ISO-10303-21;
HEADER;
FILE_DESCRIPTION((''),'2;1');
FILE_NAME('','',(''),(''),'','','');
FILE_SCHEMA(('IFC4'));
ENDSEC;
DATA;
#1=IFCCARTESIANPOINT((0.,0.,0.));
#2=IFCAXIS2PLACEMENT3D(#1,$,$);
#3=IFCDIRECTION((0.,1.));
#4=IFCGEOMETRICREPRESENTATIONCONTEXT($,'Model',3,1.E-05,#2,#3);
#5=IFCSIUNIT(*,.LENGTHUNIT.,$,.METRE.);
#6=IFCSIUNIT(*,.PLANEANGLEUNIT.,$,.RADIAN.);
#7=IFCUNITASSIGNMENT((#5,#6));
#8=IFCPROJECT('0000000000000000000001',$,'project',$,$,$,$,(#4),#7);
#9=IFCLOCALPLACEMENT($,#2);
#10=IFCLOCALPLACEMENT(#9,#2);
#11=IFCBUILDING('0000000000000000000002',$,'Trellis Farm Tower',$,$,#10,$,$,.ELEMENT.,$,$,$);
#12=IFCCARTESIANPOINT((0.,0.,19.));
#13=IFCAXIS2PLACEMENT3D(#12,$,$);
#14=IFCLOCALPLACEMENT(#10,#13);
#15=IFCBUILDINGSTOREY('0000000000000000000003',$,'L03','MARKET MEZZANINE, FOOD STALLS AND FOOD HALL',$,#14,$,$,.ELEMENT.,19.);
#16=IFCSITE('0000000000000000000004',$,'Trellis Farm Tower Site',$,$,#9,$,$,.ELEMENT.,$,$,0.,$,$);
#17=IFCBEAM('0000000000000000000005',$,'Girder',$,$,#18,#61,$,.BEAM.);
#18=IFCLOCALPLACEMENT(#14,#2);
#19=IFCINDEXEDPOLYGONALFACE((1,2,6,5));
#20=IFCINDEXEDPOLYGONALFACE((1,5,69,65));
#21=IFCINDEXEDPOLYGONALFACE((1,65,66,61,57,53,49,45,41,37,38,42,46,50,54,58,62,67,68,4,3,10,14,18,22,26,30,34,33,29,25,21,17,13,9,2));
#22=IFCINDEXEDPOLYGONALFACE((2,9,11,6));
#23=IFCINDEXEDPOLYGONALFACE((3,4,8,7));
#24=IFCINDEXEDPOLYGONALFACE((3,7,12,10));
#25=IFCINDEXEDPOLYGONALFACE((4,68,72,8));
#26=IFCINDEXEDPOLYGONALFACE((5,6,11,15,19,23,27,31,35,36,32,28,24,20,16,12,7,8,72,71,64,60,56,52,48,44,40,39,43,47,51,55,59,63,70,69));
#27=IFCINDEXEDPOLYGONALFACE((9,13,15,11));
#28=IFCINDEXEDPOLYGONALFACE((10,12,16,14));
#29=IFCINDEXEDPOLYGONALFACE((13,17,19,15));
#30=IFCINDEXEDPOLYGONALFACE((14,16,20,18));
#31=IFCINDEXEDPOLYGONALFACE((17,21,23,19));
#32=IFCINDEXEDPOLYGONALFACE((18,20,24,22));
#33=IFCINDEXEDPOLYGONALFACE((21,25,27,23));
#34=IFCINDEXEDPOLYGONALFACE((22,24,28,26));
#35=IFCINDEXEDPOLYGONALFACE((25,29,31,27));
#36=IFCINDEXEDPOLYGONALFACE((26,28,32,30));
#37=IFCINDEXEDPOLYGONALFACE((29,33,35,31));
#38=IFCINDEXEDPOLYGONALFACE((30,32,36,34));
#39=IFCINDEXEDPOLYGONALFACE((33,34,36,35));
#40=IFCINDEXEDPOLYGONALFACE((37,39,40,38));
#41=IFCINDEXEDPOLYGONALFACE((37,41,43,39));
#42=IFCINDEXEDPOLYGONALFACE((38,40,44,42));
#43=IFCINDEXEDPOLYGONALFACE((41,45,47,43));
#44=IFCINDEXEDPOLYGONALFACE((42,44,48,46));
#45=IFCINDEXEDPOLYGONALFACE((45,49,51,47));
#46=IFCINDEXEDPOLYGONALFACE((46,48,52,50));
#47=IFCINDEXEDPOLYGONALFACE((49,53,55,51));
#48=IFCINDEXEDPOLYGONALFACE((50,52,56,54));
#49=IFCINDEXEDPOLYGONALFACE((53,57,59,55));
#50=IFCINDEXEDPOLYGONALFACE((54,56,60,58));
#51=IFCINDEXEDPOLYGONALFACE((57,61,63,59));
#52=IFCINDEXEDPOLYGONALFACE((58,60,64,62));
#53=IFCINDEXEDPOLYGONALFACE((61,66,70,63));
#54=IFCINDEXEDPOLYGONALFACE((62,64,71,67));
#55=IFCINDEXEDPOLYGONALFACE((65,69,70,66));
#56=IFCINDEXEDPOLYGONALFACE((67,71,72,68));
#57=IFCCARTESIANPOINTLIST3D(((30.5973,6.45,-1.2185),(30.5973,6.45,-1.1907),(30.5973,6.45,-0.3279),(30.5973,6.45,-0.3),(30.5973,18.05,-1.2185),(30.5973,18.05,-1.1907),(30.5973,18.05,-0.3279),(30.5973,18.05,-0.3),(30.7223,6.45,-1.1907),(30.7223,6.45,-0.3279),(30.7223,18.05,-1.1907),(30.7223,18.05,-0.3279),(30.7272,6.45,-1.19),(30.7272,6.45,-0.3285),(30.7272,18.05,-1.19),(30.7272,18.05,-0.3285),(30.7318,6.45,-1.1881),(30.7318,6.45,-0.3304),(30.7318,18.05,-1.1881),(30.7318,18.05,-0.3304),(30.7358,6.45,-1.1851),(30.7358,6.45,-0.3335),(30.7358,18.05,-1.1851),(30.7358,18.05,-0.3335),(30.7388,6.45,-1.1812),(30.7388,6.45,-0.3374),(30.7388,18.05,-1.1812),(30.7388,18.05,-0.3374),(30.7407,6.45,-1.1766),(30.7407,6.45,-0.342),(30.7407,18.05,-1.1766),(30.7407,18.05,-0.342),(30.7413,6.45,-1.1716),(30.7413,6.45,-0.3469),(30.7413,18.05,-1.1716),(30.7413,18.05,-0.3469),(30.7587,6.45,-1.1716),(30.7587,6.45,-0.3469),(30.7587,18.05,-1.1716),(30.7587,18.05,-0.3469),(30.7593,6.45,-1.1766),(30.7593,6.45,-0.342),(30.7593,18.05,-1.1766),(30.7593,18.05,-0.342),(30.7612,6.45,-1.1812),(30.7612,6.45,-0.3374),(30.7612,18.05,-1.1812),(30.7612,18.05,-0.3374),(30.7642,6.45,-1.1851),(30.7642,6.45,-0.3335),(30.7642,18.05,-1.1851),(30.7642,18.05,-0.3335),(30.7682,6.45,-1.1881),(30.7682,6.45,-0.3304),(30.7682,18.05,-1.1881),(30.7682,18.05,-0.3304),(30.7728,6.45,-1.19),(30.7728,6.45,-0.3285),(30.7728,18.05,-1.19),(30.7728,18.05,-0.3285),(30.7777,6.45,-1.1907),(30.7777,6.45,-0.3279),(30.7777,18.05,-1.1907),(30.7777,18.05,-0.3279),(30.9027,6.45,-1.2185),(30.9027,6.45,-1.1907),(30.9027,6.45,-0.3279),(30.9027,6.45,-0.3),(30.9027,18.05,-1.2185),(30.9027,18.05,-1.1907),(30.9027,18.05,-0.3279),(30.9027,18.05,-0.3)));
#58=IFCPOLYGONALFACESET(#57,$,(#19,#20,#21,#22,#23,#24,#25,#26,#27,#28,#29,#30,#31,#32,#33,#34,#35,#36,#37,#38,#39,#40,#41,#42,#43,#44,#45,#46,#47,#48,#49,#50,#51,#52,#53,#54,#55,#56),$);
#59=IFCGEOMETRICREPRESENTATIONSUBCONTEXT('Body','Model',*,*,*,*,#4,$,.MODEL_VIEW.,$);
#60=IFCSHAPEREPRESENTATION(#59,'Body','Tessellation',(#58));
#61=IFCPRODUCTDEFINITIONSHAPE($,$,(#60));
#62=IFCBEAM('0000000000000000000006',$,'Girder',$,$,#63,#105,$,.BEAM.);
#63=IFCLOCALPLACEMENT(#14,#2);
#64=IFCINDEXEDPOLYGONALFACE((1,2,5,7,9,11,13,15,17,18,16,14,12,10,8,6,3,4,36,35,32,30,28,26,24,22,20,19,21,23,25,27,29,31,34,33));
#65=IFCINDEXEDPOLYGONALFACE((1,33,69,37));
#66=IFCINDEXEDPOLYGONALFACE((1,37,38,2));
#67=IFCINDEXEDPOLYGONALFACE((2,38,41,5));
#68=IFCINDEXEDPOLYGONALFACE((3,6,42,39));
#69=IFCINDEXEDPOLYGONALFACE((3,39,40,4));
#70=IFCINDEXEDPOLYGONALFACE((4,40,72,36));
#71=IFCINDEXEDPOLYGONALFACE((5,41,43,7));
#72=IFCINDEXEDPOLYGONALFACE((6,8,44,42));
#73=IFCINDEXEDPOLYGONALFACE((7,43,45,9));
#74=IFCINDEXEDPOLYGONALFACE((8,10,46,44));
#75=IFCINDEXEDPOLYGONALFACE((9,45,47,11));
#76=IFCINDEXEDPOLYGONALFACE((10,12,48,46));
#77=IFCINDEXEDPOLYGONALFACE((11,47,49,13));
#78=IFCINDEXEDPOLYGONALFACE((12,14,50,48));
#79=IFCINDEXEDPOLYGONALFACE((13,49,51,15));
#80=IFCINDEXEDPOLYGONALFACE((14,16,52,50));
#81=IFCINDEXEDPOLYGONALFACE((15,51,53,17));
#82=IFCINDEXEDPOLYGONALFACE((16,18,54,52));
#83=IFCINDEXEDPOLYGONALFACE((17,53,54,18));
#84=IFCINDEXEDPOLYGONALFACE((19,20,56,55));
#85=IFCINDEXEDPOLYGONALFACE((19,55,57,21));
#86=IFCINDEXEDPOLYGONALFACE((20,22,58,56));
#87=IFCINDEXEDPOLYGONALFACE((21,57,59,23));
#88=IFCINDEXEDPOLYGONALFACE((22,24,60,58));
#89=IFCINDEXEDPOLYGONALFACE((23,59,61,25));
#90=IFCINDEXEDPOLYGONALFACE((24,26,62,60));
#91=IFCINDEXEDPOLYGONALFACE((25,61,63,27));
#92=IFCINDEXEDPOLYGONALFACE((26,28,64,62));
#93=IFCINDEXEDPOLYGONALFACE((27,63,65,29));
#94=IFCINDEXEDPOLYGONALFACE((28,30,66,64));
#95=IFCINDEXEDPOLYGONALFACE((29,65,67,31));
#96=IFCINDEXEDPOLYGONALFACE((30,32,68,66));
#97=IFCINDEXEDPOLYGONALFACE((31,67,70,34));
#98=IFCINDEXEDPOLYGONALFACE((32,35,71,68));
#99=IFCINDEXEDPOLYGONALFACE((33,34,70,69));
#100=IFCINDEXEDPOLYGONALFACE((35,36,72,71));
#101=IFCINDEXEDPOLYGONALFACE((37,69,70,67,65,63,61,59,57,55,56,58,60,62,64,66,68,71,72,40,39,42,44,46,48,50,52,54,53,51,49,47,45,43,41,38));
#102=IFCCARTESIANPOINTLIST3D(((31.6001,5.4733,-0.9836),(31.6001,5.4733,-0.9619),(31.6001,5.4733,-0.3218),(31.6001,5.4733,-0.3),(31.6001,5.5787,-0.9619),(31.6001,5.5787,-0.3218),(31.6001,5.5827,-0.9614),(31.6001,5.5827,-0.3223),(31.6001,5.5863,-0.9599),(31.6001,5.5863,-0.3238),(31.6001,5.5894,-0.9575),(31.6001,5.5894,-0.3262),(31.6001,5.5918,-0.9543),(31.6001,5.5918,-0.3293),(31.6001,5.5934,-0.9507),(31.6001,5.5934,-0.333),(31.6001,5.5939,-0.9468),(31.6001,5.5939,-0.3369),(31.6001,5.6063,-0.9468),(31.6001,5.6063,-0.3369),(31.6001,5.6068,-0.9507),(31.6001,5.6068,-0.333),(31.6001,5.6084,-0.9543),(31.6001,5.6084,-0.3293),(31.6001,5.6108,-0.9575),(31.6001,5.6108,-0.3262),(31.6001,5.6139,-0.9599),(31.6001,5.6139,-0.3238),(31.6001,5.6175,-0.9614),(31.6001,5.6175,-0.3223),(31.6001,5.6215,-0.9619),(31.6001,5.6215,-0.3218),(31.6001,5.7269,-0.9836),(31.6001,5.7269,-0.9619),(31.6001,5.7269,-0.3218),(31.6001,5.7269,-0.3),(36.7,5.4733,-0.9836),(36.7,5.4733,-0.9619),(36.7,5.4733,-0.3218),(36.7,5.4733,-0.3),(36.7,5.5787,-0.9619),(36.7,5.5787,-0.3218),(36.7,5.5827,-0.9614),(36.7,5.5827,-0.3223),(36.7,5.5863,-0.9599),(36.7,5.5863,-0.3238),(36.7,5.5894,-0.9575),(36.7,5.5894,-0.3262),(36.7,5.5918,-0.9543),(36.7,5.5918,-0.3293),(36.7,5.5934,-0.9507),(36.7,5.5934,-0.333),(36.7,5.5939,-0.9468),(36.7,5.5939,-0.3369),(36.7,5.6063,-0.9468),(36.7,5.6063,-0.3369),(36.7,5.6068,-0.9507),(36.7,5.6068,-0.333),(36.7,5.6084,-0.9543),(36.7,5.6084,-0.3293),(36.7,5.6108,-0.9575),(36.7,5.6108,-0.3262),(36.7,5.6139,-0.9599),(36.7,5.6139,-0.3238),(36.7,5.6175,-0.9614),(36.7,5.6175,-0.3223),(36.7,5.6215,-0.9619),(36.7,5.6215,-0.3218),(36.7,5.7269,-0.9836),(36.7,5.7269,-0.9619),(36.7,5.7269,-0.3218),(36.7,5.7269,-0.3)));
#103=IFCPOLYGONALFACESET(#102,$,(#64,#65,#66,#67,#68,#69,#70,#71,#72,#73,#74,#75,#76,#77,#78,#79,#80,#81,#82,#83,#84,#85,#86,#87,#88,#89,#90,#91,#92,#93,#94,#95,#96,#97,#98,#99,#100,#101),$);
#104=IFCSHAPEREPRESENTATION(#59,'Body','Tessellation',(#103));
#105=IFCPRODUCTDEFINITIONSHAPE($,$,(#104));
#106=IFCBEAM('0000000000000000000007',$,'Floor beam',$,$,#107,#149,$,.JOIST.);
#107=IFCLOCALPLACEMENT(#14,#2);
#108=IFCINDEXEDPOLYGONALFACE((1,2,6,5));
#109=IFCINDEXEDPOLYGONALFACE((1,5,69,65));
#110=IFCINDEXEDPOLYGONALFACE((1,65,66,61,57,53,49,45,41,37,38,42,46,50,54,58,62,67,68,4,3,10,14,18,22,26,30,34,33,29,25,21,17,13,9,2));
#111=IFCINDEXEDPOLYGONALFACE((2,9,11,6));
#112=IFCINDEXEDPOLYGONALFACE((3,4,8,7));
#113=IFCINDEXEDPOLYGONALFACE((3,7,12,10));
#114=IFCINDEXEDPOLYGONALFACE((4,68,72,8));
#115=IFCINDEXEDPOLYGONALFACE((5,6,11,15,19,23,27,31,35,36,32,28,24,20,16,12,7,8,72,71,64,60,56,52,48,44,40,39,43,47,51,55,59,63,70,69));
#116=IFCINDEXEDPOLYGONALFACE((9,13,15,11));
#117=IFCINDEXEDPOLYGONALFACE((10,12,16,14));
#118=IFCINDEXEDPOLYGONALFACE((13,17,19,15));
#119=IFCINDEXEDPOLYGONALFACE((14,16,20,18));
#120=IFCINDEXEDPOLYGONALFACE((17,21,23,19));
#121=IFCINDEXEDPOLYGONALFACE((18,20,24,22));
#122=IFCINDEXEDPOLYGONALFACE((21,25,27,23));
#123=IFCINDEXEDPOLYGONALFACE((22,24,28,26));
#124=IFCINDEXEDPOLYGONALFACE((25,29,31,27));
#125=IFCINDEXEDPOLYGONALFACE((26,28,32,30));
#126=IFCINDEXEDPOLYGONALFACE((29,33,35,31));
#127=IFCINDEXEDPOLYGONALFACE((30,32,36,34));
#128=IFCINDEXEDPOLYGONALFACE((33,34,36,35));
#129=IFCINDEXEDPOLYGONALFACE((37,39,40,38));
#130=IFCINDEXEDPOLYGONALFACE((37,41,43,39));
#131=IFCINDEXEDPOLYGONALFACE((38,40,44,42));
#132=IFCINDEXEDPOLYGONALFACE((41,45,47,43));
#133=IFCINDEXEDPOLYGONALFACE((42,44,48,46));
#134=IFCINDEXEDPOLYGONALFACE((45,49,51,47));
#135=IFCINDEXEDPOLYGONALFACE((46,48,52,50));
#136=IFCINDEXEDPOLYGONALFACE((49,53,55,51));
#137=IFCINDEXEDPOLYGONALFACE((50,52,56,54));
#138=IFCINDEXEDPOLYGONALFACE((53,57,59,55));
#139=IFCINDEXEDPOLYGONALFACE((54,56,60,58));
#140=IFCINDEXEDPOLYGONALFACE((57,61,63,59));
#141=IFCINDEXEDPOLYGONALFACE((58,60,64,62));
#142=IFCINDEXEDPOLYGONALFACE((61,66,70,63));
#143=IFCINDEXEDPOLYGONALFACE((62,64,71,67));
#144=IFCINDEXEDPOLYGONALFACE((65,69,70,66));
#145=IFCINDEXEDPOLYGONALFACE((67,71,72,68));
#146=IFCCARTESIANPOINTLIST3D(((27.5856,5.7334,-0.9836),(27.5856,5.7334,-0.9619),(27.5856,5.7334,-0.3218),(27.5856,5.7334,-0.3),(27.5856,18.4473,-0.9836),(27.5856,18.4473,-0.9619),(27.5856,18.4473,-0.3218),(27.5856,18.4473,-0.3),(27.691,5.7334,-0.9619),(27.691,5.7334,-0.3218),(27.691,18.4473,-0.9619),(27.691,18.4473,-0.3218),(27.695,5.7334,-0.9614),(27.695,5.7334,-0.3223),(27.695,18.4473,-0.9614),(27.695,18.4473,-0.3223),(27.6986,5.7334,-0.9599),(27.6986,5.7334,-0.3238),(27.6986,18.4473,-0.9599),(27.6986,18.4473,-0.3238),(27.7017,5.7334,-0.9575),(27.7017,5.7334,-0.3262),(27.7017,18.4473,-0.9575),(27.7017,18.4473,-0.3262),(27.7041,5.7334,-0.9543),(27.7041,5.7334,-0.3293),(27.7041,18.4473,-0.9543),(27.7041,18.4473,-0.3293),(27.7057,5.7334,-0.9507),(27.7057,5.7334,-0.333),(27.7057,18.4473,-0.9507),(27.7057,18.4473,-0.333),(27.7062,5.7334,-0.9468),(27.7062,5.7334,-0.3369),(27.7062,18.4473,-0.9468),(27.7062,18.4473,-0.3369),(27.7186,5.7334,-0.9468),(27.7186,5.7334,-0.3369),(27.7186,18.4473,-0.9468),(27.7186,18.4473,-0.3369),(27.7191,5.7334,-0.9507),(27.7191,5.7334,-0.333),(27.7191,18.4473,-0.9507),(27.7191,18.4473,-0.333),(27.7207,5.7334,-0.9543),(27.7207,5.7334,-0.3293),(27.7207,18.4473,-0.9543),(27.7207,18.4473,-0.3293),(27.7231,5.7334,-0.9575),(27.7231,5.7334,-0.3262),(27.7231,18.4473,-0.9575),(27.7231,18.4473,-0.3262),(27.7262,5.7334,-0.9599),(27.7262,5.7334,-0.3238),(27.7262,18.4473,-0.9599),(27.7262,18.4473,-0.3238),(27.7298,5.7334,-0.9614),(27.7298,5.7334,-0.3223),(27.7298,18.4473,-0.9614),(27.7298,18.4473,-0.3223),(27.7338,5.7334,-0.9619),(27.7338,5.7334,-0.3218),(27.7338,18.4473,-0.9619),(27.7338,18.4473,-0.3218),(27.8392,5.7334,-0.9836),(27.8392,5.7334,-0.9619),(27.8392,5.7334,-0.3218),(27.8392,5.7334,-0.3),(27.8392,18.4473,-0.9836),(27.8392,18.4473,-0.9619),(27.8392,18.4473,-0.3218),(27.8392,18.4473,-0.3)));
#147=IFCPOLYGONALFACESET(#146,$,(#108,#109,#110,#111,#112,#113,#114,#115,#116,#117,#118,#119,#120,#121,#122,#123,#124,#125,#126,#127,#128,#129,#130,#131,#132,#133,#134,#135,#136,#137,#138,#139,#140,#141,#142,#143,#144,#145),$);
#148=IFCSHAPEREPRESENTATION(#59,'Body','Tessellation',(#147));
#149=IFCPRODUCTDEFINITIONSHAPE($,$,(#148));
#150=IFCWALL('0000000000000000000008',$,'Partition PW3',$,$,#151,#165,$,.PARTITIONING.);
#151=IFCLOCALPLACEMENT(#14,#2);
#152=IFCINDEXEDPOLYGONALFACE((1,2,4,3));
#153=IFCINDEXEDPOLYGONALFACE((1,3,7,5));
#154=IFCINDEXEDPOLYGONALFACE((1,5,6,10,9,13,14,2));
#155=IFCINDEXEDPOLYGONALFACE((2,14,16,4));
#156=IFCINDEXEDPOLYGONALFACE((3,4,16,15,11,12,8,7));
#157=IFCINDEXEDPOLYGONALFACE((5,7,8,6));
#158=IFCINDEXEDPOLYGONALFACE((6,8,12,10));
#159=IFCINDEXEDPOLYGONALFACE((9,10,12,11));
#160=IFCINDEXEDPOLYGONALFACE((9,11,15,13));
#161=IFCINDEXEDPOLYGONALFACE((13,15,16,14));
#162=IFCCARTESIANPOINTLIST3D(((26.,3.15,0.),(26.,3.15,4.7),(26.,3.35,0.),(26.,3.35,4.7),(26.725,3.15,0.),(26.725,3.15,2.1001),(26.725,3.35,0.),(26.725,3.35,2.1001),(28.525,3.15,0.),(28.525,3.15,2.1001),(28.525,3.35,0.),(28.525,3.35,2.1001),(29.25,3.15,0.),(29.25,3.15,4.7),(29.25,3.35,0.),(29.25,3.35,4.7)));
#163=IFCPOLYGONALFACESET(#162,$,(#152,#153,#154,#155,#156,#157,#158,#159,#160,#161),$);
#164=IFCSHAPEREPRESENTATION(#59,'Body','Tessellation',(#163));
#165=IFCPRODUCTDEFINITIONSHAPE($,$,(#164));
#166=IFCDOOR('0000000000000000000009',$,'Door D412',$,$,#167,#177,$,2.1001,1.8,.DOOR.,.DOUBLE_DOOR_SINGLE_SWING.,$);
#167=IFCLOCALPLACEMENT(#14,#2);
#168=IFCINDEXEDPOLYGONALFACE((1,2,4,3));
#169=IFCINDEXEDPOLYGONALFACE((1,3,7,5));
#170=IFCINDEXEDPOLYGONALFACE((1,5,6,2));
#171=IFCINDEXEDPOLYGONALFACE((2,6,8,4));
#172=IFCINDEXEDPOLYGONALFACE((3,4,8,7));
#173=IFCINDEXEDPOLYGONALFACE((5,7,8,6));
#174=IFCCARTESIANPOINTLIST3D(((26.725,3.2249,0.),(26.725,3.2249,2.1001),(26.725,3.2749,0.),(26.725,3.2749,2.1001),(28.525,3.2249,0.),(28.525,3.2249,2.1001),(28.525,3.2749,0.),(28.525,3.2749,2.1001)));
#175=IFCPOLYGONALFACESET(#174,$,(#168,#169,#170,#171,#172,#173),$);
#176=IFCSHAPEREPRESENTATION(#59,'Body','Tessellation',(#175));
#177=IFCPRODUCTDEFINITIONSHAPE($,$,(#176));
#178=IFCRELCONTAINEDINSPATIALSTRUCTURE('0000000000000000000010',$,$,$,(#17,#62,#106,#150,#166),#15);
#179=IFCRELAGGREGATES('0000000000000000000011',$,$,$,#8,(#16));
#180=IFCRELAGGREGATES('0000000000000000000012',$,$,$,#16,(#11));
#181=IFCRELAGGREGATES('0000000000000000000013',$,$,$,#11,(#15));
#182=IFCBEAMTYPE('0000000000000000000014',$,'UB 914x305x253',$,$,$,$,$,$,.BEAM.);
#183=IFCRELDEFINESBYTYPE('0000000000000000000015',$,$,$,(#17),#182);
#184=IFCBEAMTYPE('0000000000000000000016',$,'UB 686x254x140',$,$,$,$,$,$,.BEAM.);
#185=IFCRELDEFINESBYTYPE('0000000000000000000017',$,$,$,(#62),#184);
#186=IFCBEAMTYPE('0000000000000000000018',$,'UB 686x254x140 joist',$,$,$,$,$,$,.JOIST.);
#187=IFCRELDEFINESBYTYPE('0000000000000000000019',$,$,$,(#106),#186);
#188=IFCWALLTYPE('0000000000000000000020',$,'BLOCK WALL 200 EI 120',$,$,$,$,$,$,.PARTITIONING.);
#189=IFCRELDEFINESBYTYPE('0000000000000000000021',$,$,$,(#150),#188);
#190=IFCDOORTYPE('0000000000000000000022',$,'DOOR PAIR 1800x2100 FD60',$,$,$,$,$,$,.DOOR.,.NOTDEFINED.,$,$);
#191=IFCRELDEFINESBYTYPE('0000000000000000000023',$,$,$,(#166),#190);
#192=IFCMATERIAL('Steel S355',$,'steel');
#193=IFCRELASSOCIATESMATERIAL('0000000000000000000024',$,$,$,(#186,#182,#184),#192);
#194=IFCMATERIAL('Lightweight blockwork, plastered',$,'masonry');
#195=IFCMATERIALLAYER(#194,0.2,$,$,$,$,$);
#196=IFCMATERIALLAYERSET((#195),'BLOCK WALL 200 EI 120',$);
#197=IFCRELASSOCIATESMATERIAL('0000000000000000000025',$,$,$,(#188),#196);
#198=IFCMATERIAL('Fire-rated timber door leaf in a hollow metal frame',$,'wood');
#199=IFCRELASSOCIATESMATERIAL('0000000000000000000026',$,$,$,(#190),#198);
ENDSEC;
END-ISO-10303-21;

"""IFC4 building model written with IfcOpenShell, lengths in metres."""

from ifc_helpers import new_model, si_unit, direction, frame, frame_2d, origin, origin_2d, place, context, subcontext, project, spatial, rectangle, i_section, extrude, source, transform, mapped, material, layer, layer_set, material_profile, profile_set, type_object, element, fill, save


model = new_model("IFC4")

# Units and contexts
model_context = context("Model", 3, precision=1e-05, world=origin(), true_north=direction((0.0, 1.0)))
body_context = subcontext(model_context, "Body", "Model", "MODEL_VIEW")
ifc_project = project(units=[si_unit("LENGTHUNIT", "METRE"), si_unit("PLANEANGLEUNIT", "RADIAN")], contexts=[model_context])

# Site, building, storey
site_placement = place(None, origin())
site = spatial("IfcSite", under=ifc_project, at=site_placement, Name="Trellis Farm Tower Site", CompositionType="ELEMENT", RefElevation=0.0)
building_placement = place(site_placement, origin())
building = spatial("IfcBuilding", under=site, at=building_placement, Name="Trellis Farm Tower", CompositionType="ELEMENT")
storey_placement = place(building_placement, frame((0.0, 0.0, 19.0)))
storey = spatial("IfcBuildingStorey", under=building, at=storey_placement, Name="L03", Description="MARKET MEZZANINE, FOOD STALLS AND FOOD HALL", CompositionType="ELEMENT", Elevation=19.0)

# Beams
ifc_material_1 = material(Name="Steel S355", Category="steel")
ifc_material_profile_1 = material_profile(ifc_material_1, i_section(OverallWidth=0.2537, OverallDepth=0.6836, WebThickness=0.0125, FlangeThickness=0.0217, FilletRadius=0.0151, at=origin_2d()), Name="UB 686x254x140")
ifc_profile_set_1 = profile_set([ifc_material_profile_1], Name="Steel S355")
beam_type_1 = type_object("IfcBeamType", Name="UB 686x254x140 joist", PredefinedType="JOIST", material=ifc_profile_set_1)
ifc_material_profile_2 = material_profile(ifc_material_1, i_section(OverallWidth=0.3054, OverallDepth=0.9185, WebThickness=0.0173, FlangeThickness=0.0278, FilletRadius=0.019, at=origin_2d()), Name="UB 914x305x253")
ifc_profile_set_2 = profile_set([ifc_material_profile_2], Name="Steel S355")
beam_type_2 = type_object("IfcBeamType", Name="UB 914x305x253", PredefinedType="BEAM", material=ifc_profile_set_2)
ifc_material_profile_3 = material_profile(ifc_material_1, i_section(OverallWidth=0.2537, OverallDepth=0.6836, WebThickness=0.0125, FlangeThickness=0.0217, FilletRadius=0.0151, at=origin_2d()), Name="UB 686x254x140")
ifc_profile_set_3 = profile_set([ifc_material_profile_3], Name="Steel S355")
beam_type_3 = type_object("IfcBeamType", Name="UB 686x254x140", PredefinedType="BEAM", material=ifc_profile_set_3)
shared_shape_1 = source(origin(), body_context, "Body", "SweptSolid", [
    extrude(i_section(OverallWidth=0.3054, OverallDepth=0.9185, WebThickness=0.0173, FlangeThickness=0.0278, FilletRadius=0.019, at=origin_2d()), origin(), (0.0, 0.0, 1.0), 11.6001),
])
beam_1_placement = place(storey_placement, frame((30.75, 6.45, -0.7593), z_axis=(0.0, 1.0, 0.0), x_axis=(-1.0, 0.0, 0.0)))
element("IfcBeam", 1, at=beam_1_placement, inside=storey, type_object=beam_type_2, Name="Girder", PredefinedType="BEAM", context=body_context, shape_type="MappedRepresentation", body=[
    mapped(shared_shape_1, transform((0.0, 0.0, 0.0))),
])
shared_shape_2 = source(origin(), body_context, "Body", "SweptSolid", [
    extrude(i_section(OverallWidth=0.2537, OverallDepth=0.6836, WebThickness=0.0125, FlangeThickness=0.0217, FilletRadius=0.0151, at=origin_2d()), origin(), (0.0, 0.0, 1.0), 5.0999),
])
beam_2_placement = place(storey_placement, frame((31.6001, 5.6001, -0.6418), z_axis=(1.0, 0.0, 0.0), x_axis=(0.0, 1.0, 0.0)))
element("IfcBeam", 2, at=beam_2_placement, inside=storey, type_object=beam_type_3, Name="Girder", PredefinedType="BEAM", context=body_context, shape_type="MappedRepresentation", body=[
    mapped(shared_shape_2, transform((0.0, 0.0, 0.0))),
])
shared_shape_3 = source(origin(), body_context, "Body", "SweptSolid", [
    extrude(i_section(OverallWidth=0.2537, OverallDepth=0.6836, WebThickness=0.0125, FlangeThickness=0.0217, FilletRadius=0.0151, at=origin_2d()), origin(), (0.0, 0.0, 1.0), 12.7139),
])
beam_3_placement = place(storey_placement, frame((27.7124, 5.7334, -0.6418), z_axis=(0.0, 1.0, 0.0), x_axis=(-1.0, 0.0, 0.0)))
element("IfcBeam", 3, at=beam_3_placement, inside=storey, type_object=beam_type_1, Name="Floor beam", PredefinedType="JOIST", context=body_context, shape_type="MappedRepresentation", body=[
    mapped(shared_shape_3, transform((0.0, 0.0, 0.0))),
])

# Wall, opening, door
ifc_material_2 = material(Name="Lightweight blockwork, plastered", Category="masonry")
ifc_layer = layer(ifc_material_2, 0.2)
ifc_layer_set = layer_set([ifc_layer], Name="BLOCK WALL 200 EI 120")
wall_type = type_object("IfcWallType", Name="BLOCK WALL 200 EI 120", PredefinedType="PARTITIONING", material=ifc_layer_set)
shared_shape_4 = source(origin(), body_context, "Body", "SweptSolid", [
    extrude(rectangle(XDim=3.25, YDim=0.2, at=frame_2d((1.625, 0.0))), origin(), (0.0, 0.0, 1.0), 4.7),
])
wall_1_placement = place(storey_placement, frame((26.0, 3.25, 0.0), z_axis=(0.0, 0.0, 1.0), x_axis=(1.0, 0.0, 0.0)))
wall_1 = element("IfcWall", 4, at=wall_1_placement, inside=storey, type_object=wall_type, Name="Partition PW3", PredefinedType="PARTITIONING", context=body_context, shape_type="MappedRepresentation", body=[
    mapped(shared_shape_4, transform((0.0, 0.0, 0.0))),
])
shared_shape_5 = source(origin(), body_context, "Body", "SweptSolid", [
    extrude(rectangle(XDim=1.8, YDim=2.1001, at=frame_2d((0.8999, 1.05))), frame((0.0, 0.1101, 0.0), z_axis=(0.0, -1.0, 0.0), x_axis=(1.0, 0.0, 0.0)), (0.0, 0.0, 1.0), 0.2202),
])
opening_1_placement = place(wall_1_placement, frame((0.7251, 0.0, 0.0)))
opening_1 = element("IfcOpeningElement", 5, at=opening_1_placement, cuts=wall_1, PredefinedType="OPENING", context=body_context, shape_type="MappedRepresentation", body=[
    mapped(shared_shape_5, transform((0.0, 0.0, 0.0))),
])
ifc_material_3 = material(Name="Fire-rated timber door leaf in a hollow metal frame", Category="wood")
door_type = type_object("IfcDoorType", Name="DOOR PAIR 1800x2100 FD60", OperationType="NOTDEFINED", PredefinedType="DOOR", material=ifc_material_3)
shared_shape_6 = source(origin(), body_context, "Body", "SweptSolid", [
    extrude(rectangle(XDim=1.8, YDim=2.1001, at=frame_2d((0.8999, 1.05))), frame((0.0, 0.0249, 0.0), z_axis=(0.0, -1.0, 0.0), x_axis=(1.0, 0.0, 0.0)), (0.0, 0.0, 1.0), 0.05),
])
door_1_placement = place(opening_1_placement, origin())
door_1 = element("IfcDoor", 6, at=door_1_placement, inside=storey, type_object=door_type, Name="Door D412", OperationType="DOUBLE_DOOR_SINGLE_SWING", OverallHeight=2.1001, OverallWidth=1.8, PredefinedType="DOOR", context=body_context, shape_type="MappedRepresentation", body=[
    mapped(shared_shape_6, transform((0.0, 0.0, 0.0))),
])
fill(opening_1, door_1)

save(model, "model.ifc")
